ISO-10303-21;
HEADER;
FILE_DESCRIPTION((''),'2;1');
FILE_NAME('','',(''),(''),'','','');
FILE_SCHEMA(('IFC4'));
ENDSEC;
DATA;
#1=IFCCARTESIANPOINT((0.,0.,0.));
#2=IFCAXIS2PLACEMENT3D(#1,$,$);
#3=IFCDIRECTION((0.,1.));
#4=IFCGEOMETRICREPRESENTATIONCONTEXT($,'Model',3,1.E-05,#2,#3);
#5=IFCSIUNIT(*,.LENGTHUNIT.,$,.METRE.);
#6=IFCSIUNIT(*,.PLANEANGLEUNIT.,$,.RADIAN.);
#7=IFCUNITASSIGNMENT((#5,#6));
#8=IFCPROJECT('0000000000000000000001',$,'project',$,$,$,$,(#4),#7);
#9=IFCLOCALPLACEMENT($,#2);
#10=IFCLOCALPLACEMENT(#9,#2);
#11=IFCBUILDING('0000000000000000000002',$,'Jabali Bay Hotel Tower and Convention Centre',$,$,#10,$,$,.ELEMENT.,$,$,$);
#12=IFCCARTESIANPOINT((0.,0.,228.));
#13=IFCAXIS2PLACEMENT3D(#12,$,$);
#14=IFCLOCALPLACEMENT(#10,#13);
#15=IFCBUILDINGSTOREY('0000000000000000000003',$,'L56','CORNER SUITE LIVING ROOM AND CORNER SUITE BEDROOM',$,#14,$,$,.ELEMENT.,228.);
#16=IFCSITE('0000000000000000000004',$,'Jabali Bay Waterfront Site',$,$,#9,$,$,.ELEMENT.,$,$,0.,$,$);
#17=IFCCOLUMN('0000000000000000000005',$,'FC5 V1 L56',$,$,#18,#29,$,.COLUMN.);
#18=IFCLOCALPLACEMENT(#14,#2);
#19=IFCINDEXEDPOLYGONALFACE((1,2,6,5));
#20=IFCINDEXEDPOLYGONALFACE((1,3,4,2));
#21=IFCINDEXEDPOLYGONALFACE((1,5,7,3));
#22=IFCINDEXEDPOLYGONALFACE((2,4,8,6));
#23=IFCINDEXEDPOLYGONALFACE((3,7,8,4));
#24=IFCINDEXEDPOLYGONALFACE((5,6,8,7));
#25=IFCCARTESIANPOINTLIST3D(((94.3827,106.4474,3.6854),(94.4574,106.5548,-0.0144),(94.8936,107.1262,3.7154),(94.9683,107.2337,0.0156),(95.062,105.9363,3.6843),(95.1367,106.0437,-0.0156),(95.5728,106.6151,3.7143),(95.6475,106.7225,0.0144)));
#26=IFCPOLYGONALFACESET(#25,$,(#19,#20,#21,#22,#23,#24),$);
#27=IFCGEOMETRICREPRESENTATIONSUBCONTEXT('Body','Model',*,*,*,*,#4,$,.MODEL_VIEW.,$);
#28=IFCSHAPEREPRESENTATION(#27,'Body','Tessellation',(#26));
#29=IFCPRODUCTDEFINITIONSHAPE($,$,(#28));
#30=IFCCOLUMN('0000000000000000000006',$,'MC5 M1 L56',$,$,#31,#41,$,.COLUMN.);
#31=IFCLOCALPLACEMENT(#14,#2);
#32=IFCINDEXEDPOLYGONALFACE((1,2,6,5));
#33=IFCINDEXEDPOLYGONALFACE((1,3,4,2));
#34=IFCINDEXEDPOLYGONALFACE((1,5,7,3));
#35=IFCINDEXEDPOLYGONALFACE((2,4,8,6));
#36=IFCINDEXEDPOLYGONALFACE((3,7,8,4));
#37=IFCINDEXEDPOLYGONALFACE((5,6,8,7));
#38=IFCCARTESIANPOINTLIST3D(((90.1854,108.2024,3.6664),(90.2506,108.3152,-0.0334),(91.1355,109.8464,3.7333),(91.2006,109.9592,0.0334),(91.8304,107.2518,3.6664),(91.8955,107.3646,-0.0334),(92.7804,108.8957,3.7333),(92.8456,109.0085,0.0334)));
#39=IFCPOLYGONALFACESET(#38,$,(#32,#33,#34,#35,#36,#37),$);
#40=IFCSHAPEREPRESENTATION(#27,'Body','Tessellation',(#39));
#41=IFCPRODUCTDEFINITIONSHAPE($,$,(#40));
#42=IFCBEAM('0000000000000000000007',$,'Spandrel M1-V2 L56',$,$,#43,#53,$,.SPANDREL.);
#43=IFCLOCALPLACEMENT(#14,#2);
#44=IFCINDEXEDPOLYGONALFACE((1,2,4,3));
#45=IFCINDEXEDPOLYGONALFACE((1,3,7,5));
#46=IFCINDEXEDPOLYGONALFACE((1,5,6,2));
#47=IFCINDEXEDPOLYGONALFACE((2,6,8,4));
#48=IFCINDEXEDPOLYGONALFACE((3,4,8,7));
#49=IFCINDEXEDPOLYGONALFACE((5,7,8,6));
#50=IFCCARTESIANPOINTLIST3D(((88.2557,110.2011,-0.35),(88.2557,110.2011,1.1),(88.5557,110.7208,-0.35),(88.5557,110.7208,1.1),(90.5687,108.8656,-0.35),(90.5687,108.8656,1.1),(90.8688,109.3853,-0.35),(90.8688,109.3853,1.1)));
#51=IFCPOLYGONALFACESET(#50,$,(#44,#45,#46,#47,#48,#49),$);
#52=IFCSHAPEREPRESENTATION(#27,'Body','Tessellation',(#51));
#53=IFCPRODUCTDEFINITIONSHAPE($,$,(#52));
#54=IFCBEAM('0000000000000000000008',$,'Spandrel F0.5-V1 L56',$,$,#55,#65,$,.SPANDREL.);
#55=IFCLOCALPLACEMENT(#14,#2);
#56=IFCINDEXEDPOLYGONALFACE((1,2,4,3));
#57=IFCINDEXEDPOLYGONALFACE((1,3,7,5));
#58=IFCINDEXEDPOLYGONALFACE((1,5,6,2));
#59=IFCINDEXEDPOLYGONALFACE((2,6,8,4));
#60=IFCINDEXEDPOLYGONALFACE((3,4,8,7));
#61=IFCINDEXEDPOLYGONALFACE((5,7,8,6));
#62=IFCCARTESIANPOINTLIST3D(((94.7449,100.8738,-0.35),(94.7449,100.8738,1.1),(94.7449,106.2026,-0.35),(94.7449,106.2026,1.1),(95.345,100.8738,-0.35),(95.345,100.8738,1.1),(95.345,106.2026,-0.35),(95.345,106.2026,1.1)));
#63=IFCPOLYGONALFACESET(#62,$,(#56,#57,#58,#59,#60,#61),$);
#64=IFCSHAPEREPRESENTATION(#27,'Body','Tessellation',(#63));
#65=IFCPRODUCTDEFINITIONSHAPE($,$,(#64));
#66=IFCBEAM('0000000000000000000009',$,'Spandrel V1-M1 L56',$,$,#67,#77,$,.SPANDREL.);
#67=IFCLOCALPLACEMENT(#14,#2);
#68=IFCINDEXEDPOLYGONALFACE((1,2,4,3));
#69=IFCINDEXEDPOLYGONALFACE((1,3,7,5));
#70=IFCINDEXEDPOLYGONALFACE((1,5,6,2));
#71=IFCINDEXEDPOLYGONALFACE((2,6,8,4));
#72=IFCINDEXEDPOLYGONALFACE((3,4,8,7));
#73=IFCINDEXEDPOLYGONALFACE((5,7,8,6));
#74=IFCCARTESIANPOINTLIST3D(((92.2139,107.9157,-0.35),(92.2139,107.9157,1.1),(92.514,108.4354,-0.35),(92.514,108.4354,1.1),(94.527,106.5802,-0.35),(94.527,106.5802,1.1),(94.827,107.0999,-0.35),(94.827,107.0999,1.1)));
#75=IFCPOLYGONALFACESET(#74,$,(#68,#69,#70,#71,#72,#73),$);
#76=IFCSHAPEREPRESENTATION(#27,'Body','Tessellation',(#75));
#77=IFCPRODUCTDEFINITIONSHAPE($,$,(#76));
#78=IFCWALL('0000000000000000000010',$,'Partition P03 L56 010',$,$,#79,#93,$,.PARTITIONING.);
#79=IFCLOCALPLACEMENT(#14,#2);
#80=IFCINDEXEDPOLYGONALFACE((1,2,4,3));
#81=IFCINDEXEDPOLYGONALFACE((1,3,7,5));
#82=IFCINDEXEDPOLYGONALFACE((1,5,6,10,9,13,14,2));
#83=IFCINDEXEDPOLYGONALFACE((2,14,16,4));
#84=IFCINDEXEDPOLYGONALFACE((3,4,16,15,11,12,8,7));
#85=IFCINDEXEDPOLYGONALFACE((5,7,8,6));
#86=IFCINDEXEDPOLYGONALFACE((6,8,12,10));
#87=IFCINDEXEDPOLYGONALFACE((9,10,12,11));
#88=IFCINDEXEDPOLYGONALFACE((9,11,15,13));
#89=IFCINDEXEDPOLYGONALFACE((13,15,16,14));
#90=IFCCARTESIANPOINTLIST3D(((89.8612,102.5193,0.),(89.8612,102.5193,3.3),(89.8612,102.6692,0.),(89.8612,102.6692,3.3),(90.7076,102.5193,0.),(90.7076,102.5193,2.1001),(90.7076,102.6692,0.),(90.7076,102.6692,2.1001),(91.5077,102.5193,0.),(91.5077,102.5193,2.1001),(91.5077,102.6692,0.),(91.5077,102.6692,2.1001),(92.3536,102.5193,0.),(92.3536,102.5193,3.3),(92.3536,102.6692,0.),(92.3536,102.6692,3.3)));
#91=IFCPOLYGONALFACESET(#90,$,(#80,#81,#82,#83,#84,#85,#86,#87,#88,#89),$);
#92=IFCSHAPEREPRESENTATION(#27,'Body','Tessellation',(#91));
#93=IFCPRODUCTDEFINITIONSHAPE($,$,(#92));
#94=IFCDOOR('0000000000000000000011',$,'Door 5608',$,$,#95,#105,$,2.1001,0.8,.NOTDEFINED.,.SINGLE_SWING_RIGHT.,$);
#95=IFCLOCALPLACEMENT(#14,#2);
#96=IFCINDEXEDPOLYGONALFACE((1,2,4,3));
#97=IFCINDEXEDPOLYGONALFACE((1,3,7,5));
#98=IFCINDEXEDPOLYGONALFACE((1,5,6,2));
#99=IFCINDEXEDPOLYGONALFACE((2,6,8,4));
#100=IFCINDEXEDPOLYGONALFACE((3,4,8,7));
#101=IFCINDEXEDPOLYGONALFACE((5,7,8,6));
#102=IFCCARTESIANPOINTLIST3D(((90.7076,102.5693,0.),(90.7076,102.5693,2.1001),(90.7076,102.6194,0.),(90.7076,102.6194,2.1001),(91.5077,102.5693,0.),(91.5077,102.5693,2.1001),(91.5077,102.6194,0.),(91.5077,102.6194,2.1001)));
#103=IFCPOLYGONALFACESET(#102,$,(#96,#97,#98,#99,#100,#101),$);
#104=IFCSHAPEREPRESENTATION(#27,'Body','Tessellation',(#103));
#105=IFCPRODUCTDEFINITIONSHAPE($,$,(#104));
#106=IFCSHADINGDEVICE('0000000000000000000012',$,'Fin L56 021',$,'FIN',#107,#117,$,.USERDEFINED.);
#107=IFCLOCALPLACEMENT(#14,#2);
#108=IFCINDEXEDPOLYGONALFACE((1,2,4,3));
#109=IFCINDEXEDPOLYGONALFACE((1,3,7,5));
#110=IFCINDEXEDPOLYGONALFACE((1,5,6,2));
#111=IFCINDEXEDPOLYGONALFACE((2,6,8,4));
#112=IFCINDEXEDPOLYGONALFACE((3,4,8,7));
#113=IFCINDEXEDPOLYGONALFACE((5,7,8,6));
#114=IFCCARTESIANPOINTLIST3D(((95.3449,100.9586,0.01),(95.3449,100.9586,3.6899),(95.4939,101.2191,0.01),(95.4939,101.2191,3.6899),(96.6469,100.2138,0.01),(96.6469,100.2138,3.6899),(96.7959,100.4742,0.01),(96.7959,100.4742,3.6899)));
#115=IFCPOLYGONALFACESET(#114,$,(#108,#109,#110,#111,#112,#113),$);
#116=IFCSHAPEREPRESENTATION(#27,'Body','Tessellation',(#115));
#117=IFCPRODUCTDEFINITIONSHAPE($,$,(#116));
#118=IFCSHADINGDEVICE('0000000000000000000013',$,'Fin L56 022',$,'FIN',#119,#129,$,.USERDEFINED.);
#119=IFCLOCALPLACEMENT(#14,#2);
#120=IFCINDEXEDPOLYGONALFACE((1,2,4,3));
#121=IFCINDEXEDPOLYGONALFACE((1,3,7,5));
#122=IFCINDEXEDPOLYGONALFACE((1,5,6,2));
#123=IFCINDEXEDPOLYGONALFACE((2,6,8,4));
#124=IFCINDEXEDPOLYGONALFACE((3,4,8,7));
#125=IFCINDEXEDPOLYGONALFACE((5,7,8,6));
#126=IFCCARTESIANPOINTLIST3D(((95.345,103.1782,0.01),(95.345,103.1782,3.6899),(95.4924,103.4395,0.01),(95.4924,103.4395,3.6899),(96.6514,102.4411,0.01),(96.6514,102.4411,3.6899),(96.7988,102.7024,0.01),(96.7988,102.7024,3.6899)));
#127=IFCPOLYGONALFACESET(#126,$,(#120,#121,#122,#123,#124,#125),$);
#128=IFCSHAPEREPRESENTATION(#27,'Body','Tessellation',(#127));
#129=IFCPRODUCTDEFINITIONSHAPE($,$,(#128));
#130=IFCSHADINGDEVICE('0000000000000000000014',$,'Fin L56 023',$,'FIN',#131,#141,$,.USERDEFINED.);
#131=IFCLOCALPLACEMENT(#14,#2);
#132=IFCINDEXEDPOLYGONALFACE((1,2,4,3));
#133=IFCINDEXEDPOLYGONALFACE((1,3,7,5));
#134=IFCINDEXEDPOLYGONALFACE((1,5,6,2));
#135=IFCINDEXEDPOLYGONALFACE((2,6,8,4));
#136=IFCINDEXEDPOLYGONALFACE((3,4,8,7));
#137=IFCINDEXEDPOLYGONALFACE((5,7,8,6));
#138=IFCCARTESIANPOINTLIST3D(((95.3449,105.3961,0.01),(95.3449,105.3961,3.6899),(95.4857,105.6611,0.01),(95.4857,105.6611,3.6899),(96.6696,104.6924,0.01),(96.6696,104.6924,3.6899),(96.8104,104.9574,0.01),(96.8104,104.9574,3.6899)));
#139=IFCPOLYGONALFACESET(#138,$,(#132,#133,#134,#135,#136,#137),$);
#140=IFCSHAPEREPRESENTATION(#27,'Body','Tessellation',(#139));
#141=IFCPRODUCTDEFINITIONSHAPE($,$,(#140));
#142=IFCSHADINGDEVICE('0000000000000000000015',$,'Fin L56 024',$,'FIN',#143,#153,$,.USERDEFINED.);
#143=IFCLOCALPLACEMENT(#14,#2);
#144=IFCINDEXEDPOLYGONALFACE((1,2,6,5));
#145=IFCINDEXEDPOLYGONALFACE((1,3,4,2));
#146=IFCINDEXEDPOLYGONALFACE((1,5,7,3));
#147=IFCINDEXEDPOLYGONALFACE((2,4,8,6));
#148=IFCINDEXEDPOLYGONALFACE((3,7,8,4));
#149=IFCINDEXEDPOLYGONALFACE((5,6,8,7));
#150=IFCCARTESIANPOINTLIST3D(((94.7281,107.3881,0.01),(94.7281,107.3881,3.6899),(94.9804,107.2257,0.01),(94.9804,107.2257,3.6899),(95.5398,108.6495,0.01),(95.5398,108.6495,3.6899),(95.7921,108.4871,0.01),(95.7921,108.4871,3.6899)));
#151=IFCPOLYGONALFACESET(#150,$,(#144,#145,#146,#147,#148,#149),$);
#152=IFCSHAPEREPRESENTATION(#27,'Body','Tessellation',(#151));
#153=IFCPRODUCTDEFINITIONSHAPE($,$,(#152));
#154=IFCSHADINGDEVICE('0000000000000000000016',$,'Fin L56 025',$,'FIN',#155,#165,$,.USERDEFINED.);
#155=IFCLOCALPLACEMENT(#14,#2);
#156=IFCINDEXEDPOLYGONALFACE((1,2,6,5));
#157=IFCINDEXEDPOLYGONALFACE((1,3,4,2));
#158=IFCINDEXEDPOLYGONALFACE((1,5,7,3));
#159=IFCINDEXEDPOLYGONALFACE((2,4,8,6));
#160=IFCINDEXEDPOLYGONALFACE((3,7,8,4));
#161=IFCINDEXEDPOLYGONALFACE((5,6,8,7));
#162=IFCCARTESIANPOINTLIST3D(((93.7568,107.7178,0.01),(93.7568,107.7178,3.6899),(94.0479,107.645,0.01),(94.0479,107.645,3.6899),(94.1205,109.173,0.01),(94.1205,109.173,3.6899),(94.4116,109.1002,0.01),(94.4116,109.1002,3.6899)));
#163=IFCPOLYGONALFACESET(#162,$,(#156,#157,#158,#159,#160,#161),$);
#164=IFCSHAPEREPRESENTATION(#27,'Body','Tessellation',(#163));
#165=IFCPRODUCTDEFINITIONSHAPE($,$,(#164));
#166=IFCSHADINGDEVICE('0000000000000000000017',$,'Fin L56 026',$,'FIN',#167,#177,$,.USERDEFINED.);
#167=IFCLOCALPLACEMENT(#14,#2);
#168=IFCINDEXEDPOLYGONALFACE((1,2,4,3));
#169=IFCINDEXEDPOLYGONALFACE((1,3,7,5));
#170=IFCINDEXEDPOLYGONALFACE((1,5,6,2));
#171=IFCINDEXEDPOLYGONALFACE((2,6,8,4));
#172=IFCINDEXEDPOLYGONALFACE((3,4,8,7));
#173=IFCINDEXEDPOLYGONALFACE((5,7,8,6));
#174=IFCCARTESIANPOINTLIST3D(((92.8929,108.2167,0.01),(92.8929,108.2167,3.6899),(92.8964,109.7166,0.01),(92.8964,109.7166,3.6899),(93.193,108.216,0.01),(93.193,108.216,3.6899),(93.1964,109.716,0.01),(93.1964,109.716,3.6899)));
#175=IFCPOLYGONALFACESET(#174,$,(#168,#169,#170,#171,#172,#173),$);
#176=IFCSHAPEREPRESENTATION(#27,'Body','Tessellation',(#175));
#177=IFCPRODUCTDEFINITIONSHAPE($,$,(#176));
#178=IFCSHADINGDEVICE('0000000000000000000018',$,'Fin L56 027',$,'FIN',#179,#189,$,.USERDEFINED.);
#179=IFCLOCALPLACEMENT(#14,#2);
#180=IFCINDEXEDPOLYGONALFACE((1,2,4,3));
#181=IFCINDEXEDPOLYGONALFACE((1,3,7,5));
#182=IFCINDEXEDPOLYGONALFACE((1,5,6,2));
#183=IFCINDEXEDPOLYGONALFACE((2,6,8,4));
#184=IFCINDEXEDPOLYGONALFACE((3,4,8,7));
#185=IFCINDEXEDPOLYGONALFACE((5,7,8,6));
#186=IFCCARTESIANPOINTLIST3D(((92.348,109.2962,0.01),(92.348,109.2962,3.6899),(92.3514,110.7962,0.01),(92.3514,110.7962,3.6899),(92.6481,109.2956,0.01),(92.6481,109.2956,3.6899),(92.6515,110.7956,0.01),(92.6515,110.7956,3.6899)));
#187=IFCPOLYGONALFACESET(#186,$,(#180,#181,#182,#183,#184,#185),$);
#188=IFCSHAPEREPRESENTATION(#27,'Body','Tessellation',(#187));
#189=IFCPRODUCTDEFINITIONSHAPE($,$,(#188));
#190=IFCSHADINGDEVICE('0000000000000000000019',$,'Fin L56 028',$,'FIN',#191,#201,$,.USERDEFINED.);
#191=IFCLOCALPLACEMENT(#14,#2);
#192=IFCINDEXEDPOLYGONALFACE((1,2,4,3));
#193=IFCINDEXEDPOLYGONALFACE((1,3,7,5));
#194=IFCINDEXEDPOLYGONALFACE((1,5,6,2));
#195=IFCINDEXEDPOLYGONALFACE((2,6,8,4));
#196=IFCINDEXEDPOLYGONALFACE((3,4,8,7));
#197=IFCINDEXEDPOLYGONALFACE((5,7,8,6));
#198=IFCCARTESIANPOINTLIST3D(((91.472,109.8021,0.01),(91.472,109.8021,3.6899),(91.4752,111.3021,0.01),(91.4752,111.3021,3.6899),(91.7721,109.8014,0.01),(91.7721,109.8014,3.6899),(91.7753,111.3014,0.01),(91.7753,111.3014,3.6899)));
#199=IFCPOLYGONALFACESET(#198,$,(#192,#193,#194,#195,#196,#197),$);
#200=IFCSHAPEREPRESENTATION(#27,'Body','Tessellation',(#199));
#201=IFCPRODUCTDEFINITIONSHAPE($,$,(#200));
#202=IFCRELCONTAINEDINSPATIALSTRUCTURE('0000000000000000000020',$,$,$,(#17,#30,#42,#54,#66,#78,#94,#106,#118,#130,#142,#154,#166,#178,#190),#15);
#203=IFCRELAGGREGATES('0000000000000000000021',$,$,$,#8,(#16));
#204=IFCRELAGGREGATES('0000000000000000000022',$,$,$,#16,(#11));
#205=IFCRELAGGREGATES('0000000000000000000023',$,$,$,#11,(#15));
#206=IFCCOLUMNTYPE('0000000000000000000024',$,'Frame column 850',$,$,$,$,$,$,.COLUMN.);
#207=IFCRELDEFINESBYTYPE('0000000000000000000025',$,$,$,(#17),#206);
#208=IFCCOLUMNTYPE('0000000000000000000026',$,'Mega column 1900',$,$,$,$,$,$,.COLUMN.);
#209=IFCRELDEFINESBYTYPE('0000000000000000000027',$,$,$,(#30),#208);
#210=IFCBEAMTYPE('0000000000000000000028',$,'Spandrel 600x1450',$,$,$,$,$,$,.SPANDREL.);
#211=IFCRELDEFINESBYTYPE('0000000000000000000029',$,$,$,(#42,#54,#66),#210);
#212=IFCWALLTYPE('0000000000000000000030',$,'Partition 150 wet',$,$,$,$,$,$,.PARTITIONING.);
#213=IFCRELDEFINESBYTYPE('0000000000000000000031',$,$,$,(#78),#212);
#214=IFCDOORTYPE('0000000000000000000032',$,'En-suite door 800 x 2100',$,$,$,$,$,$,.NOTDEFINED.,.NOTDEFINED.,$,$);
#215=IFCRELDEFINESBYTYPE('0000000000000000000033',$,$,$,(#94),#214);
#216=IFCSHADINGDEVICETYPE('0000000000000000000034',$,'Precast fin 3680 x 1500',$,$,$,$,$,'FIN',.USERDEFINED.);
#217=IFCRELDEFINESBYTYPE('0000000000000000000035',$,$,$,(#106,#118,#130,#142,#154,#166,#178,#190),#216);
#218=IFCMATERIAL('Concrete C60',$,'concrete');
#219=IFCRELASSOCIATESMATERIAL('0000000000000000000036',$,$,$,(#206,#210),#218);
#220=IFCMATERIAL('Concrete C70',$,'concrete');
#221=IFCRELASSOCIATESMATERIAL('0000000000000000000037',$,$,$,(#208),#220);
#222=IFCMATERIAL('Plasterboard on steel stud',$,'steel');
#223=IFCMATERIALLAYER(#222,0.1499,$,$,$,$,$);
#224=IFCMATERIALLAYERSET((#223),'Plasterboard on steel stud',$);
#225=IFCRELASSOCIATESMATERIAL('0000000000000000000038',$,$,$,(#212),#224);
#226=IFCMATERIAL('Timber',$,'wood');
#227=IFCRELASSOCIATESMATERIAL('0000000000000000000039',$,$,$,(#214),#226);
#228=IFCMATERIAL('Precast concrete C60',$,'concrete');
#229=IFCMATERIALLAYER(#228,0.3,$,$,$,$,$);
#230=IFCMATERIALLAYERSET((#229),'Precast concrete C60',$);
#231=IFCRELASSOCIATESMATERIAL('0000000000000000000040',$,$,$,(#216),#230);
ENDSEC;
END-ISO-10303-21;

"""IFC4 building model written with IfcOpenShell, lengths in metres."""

from ifc_helpers import new_model, si_unit, direction, frame, frame_2d, origin, origin_2d, place, context, subcontext, project, spatial, rectangle, extrude, material, layer, layer_set, material_profile, profile_set, type_object, element, fill, save


model = new_model("IFC4")

# Units and contexts
model_context = context("Model", 3, precision=1e-05, world=origin(), true_north=direction((0.0, 1.0)))
body_context = subcontext(model_context, "Body", "Model", "MODEL_VIEW")
ifc_project = project(units=[si_unit("LENGTHUNIT", "METRE"), si_unit("PLANEANGLEUNIT", "RADIAN")], contexts=[model_context])

# Site, building, storey
site_placement = place(None, origin())
site = spatial("IfcSite", under=ifc_project, at=site_placement, Name="Jabali Bay Waterfront Site", CompositionType="ELEMENT", RefElevation=0.0)
building_placement = place(site_placement, origin())
building = spatial("IfcBuilding", under=site, at=building_placement, Name="Jabali Bay Hotel Tower and Convention Centre", CompositionType="ELEMENT")
storey_placement = place(building_placement, frame((0.0, 0.0, 228.0)))
storey = spatial("IfcBuildingStorey", under=building, at=storey_placement, Name="L56", Description="CORNER SUITE LIVING ROOM AND CORNER SUITE BEDROOM", CompositionType="ELEMENT", Elevation=228.0)

# Columns
ifc_material_1 = material(Name="Concrete C60", Category="concrete")
ifc_material_profile_1 = material_profile(ifc_material_1, rectangle(XDim=0.8501, YDim=0.8501, at=origin_2d()), Name="Frame column 850")
ifc_profile_set_1 = profile_set([ifc_material_profile_1], Name="Concrete C60")
column_type_1 = type_object("IfcColumnType", Name="Frame column 850", PredefinedType="COLUMN", material=ifc_profile_set_1)
column_1_placement = place(storey_placement, frame((95.0525, 106.6387, 0.0), z_axis=(-0.020179, -0.029015, 0.999375), x_axis=(0.60093, 0.798521, 0.035317)))
element("IfcColumn", 1, at=column_1_placement, inside=storey, type_object=column_type_1, Name="FC5 V1 L56", PredefinedType="COLUMN", context=body_context, shape_type="SweptSolid", body=[
    extrude(rectangle(XDim=0.8501, YDim=0.8501, at=origin_2d()), origin(), (0.0, 0.0, 1.0), 3.7021),
])
ifc_material_2 = material(Name="Concrete C70", Category="concrete")
ifc_material_profile_2 = material_profile(ifc_material_2, rectangle(XDim=1.8999, YDim=1.8999, at=origin_2d()), Name="Mega column 1900")
ifc_profile_set_2 = profile_set([ifc_material_profile_2], Name="Concrete C70")
column_type_2 = type_object("IfcColumnType", Name="Mega column 1900", PredefinedType="COLUMN", material=ifc_profile_set_2)
column_2_placement = place(storey_placement, frame((91.5481, 108.6619, 0.0), z_axis=(-0.017607, -0.030466, 0.999381), x_axis=(0.865812, -0.500369, 0.0)))
element("IfcColumn", 2, at=column_2_placement, inside=storey, type_object=column_type_2, Name="MC5 M1 L56", PredefinedType="COLUMN", context=body_context, shape_type="SweptSolid", body=[
    extrude(rectangle(XDim=1.8999, YDim=1.8999, at=origin_2d()), origin(), (0.0, 0.0, 1.0), 3.7021),
])

# Beams
ifc_material_profile_3 = material_profile(ifc_material_1, rectangle(XDim=0.6001, YDim=1.45, at=origin_2d()), Name="Spandrel 600x1450")
ifc_profile_set_3 = profile_set([ifc_material_profile_3], Name="Concrete C60")
beam_type = type_object("IfcBeamType", Name="Spandrel 600x1450", PredefinedType="SPANDREL", material=ifc_profile_set_3)
beam_1_placement = place(storey_placement, frame((90.7188, 109.1255, 0.375), z_axis=(-0.866018, 0.500013, 0.0), x_axis=(-0.500013, -0.866018, 0.0)))
element("IfcBeam", 3, at=beam_1_placement, inside=storey, type_object=beam_type, Name="Spandrel M1-V2 L56", PredefinedType="SPANDREL", context=body_context, shape_type="SweptSolid", body=[
    extrude(rectangle(XDim=0.6001, YDim=1.45, at=origin_2d()), origin(), (0.0, 0.0, 1.0), 2.6709),
])
beam_2_placement = place(storey_placement, frame((95.0449, 100.8738, 0.375), z_axis=(0.0, 1.0, 0.0), x_axis=(-1.0, 0.0, 0.0)))
element("IfcBeam", 4, at=beam_2_placement, inside=storey, type_object=beam_type, Name="Spandrel F0.5-V1 L56", PredefinedType="SPANDREL", context=body_context, shape_type="SweptSolid", body=[
    extrude(rectangle(XDim=0.6001, YDim=1.45, at=origin_2d()), origin(), (0.0, 0.0, 1.0), 5.3289),
])
beam_3_placement = place(storey_placement, frame((94.677, 106.8401, 0.375), z_axis=(-0.866018, 0.500013, 0.0), x_axis=(-0.500013, -0.866018, 0.0)))
element("IfcBeam", 5, at=beam_3_placement, inside=storey, type_object=beam_type, Name="Spandrel V1-M1 L56", PredefinedType="SPANDREL", context=body_context, shape_type="SweptSolid", body=[
    extrude(rectangle(XDim=0.6001, YDim=1.45, at=origin_2d()), origin(), (0.0, 0.0, 1.0), 2.6709),
])

# Wall, opening, door
ifc_material_3 = material(Name="Plasterboard on steel stud", Category="steel")
ifc_layer_1 = layer(ifc_material_3, 0.1499)
ifc_layer_set_1 = layer_set([ifc_layer_1], Name="Plasterboard on steel stud")
wall_type_1 = type_object("IfcWallType", Name="Partition 150 wet", PredefinedType="PARTITIONING", material=ifc_layer_set_1)
wall_1_placement = place(storey_placement, frame((92.3535, 102.5942, 0.0), z_axis=(0.0, 0.0, 1.0), x_axis=(-1.0, 0.0, 0.0)))
wall_1 = element("IfcWall", 6, at=wall_1_placement, inside=storey, type_object=wall_type_1, Name="Partition P03 L56 010", PredefinedType="PARTITIONING", context=body_context, shape_type="SweptSolid", body=[
    extrude(rectangle(XDim=2.4924, YDim=0.1499, at=frame_2d((1.2461, 0.0))), origin(), (0.0, 0.0, 1.0), 3.3),
])
opening_1_placement = place(wall_1_placement, frame((0.8459, 0.0, 0.0)))
opening_1 = element("IfcOpeningElement", 7, at=opening_1_placement, cuts=wall_1, PredefinedType="OPENING", context=body_context, shape_type="SweptSolid", body=[
    extrude(rectangle(XDim=0.8, YDim=2.1001, at=frame_2d((0.3999, 1.05))), frame((0.0, 0.0854, 0.0), z_axis=(0.0, -1.0, 0.0), x_axis=(1.0, 0.0, 0.0)), (0.0, 0.0, 1.0), 0.1709),
])
ifc_material_4 = material(Name="Timber", Category="wood")
door_type_1 = type_object("IfcDoorType", Name="En-suite door 800 x 2100", OperationType="NOTDEFINED", PredefinedType="NOTDEFINED", material=ifc_material_4)
door_1_placement = place(opening_1_placement, origin())
door_1 = element("IfcDoor", 8, at=door_1_placement, inside=storey, type_object=door_type_1, Name="Door 5608", OperationType="SINGLE_SWING_RIGHT", OverallHeight=2.1001, OverallWidth=0.8, PredefinedType="NOTDEFINED", context=body_context, shape_type="SweptSolid", body=[
    extrude(rectangle(XDim=0.8, YDim=2.1001, at=frame_2d((0.3999, 1.05))), frame((0.0, 0.0249, 0.0), z_axis=(0.0, -1.0, 0.0), x_axis=(1.0, 0.0, 0.0)), (0.0, 0.0, 1.0), 0.05),
])
fill(opening_1, door_1)

# Shading devices
ifc_material_5 = material(Name="Precast concrete C60", Category="concrete")
ifc_layer_2 = layer(ifc_material_5, 0.3)
ifc_layer_set_2 = layer_set([ifc_layer_2], Name="Precast concrete C60")
shading_device_type = type_object("IfcShadingDeviceType", Name="Precast fin 3680 x 1500", ElementType="FIN", PredefinedType="USERDEFINED", material=ifc_layer_set_2)
for number, where, z_axis, x_axis, name in (
    (9, (95.4194, 101.0889, 0.01), (0.0, 0.0, 1.0), (0.867993, -0.496577, 0.0), "Fin L56 021"),
    (10, (95.4187, 103.3088, 0.01), (0.0, 0.0, 1.0), (0.870945, -0.491381, 0.0), "Fin L56 022"),
    (11, (95.4153, 105.5286, 0.01), (0.0, 0.0, 1.0), (0.883154, -0.469084, 0.0), "Fin L56 023"),
    (12, (94.8542, 107.3069, 0.01), (0.0, 0.0, 1.0), (0.541144, 0.84093, 0.0), "Fin L56 024"),
    (13, (93.9023, 107.6814, 0.01), (0.0, 0.0, 1.0), (0.242497, 0.970152, 0.0), "Fin L56 025"),
    (14, (93.043, 108.2163, 0.01), (0.0, 0.0, 1.0), (0.002279, 0.999997, 0.0), "Fin L56 026"),
    (15, (92.498, 109.2959, 0.01), (0.0, 0.0, 1.0), (0.002279, 0.999997, 0.0), "Fin L56 027"),
    (16, (91.6221, 109.8018, 0.01), (0.0, 0.0, 1.0), (0.002116, 0.999998, 0.0), "Fin L56 028"),
):
    element("IfcShadingDevice", number, at=place(storey_placement, frame(where, z_axis=z_axis, x_axis=x_axis)), inside=storey, type_object=shading_device_type, Name=name, ObjectType="FIN", PredefinedType="USERDEFINED", context=body_context, shape_type="SweptSolid", body=[
        extrude(rectangle(XDim=1.5, YDim=0.3, at=frame_2d((0.75, 0.0))), origin(), (0.0, 0.0, 1.0), 3.6799),
    ])

save(model, "model.ifc")
